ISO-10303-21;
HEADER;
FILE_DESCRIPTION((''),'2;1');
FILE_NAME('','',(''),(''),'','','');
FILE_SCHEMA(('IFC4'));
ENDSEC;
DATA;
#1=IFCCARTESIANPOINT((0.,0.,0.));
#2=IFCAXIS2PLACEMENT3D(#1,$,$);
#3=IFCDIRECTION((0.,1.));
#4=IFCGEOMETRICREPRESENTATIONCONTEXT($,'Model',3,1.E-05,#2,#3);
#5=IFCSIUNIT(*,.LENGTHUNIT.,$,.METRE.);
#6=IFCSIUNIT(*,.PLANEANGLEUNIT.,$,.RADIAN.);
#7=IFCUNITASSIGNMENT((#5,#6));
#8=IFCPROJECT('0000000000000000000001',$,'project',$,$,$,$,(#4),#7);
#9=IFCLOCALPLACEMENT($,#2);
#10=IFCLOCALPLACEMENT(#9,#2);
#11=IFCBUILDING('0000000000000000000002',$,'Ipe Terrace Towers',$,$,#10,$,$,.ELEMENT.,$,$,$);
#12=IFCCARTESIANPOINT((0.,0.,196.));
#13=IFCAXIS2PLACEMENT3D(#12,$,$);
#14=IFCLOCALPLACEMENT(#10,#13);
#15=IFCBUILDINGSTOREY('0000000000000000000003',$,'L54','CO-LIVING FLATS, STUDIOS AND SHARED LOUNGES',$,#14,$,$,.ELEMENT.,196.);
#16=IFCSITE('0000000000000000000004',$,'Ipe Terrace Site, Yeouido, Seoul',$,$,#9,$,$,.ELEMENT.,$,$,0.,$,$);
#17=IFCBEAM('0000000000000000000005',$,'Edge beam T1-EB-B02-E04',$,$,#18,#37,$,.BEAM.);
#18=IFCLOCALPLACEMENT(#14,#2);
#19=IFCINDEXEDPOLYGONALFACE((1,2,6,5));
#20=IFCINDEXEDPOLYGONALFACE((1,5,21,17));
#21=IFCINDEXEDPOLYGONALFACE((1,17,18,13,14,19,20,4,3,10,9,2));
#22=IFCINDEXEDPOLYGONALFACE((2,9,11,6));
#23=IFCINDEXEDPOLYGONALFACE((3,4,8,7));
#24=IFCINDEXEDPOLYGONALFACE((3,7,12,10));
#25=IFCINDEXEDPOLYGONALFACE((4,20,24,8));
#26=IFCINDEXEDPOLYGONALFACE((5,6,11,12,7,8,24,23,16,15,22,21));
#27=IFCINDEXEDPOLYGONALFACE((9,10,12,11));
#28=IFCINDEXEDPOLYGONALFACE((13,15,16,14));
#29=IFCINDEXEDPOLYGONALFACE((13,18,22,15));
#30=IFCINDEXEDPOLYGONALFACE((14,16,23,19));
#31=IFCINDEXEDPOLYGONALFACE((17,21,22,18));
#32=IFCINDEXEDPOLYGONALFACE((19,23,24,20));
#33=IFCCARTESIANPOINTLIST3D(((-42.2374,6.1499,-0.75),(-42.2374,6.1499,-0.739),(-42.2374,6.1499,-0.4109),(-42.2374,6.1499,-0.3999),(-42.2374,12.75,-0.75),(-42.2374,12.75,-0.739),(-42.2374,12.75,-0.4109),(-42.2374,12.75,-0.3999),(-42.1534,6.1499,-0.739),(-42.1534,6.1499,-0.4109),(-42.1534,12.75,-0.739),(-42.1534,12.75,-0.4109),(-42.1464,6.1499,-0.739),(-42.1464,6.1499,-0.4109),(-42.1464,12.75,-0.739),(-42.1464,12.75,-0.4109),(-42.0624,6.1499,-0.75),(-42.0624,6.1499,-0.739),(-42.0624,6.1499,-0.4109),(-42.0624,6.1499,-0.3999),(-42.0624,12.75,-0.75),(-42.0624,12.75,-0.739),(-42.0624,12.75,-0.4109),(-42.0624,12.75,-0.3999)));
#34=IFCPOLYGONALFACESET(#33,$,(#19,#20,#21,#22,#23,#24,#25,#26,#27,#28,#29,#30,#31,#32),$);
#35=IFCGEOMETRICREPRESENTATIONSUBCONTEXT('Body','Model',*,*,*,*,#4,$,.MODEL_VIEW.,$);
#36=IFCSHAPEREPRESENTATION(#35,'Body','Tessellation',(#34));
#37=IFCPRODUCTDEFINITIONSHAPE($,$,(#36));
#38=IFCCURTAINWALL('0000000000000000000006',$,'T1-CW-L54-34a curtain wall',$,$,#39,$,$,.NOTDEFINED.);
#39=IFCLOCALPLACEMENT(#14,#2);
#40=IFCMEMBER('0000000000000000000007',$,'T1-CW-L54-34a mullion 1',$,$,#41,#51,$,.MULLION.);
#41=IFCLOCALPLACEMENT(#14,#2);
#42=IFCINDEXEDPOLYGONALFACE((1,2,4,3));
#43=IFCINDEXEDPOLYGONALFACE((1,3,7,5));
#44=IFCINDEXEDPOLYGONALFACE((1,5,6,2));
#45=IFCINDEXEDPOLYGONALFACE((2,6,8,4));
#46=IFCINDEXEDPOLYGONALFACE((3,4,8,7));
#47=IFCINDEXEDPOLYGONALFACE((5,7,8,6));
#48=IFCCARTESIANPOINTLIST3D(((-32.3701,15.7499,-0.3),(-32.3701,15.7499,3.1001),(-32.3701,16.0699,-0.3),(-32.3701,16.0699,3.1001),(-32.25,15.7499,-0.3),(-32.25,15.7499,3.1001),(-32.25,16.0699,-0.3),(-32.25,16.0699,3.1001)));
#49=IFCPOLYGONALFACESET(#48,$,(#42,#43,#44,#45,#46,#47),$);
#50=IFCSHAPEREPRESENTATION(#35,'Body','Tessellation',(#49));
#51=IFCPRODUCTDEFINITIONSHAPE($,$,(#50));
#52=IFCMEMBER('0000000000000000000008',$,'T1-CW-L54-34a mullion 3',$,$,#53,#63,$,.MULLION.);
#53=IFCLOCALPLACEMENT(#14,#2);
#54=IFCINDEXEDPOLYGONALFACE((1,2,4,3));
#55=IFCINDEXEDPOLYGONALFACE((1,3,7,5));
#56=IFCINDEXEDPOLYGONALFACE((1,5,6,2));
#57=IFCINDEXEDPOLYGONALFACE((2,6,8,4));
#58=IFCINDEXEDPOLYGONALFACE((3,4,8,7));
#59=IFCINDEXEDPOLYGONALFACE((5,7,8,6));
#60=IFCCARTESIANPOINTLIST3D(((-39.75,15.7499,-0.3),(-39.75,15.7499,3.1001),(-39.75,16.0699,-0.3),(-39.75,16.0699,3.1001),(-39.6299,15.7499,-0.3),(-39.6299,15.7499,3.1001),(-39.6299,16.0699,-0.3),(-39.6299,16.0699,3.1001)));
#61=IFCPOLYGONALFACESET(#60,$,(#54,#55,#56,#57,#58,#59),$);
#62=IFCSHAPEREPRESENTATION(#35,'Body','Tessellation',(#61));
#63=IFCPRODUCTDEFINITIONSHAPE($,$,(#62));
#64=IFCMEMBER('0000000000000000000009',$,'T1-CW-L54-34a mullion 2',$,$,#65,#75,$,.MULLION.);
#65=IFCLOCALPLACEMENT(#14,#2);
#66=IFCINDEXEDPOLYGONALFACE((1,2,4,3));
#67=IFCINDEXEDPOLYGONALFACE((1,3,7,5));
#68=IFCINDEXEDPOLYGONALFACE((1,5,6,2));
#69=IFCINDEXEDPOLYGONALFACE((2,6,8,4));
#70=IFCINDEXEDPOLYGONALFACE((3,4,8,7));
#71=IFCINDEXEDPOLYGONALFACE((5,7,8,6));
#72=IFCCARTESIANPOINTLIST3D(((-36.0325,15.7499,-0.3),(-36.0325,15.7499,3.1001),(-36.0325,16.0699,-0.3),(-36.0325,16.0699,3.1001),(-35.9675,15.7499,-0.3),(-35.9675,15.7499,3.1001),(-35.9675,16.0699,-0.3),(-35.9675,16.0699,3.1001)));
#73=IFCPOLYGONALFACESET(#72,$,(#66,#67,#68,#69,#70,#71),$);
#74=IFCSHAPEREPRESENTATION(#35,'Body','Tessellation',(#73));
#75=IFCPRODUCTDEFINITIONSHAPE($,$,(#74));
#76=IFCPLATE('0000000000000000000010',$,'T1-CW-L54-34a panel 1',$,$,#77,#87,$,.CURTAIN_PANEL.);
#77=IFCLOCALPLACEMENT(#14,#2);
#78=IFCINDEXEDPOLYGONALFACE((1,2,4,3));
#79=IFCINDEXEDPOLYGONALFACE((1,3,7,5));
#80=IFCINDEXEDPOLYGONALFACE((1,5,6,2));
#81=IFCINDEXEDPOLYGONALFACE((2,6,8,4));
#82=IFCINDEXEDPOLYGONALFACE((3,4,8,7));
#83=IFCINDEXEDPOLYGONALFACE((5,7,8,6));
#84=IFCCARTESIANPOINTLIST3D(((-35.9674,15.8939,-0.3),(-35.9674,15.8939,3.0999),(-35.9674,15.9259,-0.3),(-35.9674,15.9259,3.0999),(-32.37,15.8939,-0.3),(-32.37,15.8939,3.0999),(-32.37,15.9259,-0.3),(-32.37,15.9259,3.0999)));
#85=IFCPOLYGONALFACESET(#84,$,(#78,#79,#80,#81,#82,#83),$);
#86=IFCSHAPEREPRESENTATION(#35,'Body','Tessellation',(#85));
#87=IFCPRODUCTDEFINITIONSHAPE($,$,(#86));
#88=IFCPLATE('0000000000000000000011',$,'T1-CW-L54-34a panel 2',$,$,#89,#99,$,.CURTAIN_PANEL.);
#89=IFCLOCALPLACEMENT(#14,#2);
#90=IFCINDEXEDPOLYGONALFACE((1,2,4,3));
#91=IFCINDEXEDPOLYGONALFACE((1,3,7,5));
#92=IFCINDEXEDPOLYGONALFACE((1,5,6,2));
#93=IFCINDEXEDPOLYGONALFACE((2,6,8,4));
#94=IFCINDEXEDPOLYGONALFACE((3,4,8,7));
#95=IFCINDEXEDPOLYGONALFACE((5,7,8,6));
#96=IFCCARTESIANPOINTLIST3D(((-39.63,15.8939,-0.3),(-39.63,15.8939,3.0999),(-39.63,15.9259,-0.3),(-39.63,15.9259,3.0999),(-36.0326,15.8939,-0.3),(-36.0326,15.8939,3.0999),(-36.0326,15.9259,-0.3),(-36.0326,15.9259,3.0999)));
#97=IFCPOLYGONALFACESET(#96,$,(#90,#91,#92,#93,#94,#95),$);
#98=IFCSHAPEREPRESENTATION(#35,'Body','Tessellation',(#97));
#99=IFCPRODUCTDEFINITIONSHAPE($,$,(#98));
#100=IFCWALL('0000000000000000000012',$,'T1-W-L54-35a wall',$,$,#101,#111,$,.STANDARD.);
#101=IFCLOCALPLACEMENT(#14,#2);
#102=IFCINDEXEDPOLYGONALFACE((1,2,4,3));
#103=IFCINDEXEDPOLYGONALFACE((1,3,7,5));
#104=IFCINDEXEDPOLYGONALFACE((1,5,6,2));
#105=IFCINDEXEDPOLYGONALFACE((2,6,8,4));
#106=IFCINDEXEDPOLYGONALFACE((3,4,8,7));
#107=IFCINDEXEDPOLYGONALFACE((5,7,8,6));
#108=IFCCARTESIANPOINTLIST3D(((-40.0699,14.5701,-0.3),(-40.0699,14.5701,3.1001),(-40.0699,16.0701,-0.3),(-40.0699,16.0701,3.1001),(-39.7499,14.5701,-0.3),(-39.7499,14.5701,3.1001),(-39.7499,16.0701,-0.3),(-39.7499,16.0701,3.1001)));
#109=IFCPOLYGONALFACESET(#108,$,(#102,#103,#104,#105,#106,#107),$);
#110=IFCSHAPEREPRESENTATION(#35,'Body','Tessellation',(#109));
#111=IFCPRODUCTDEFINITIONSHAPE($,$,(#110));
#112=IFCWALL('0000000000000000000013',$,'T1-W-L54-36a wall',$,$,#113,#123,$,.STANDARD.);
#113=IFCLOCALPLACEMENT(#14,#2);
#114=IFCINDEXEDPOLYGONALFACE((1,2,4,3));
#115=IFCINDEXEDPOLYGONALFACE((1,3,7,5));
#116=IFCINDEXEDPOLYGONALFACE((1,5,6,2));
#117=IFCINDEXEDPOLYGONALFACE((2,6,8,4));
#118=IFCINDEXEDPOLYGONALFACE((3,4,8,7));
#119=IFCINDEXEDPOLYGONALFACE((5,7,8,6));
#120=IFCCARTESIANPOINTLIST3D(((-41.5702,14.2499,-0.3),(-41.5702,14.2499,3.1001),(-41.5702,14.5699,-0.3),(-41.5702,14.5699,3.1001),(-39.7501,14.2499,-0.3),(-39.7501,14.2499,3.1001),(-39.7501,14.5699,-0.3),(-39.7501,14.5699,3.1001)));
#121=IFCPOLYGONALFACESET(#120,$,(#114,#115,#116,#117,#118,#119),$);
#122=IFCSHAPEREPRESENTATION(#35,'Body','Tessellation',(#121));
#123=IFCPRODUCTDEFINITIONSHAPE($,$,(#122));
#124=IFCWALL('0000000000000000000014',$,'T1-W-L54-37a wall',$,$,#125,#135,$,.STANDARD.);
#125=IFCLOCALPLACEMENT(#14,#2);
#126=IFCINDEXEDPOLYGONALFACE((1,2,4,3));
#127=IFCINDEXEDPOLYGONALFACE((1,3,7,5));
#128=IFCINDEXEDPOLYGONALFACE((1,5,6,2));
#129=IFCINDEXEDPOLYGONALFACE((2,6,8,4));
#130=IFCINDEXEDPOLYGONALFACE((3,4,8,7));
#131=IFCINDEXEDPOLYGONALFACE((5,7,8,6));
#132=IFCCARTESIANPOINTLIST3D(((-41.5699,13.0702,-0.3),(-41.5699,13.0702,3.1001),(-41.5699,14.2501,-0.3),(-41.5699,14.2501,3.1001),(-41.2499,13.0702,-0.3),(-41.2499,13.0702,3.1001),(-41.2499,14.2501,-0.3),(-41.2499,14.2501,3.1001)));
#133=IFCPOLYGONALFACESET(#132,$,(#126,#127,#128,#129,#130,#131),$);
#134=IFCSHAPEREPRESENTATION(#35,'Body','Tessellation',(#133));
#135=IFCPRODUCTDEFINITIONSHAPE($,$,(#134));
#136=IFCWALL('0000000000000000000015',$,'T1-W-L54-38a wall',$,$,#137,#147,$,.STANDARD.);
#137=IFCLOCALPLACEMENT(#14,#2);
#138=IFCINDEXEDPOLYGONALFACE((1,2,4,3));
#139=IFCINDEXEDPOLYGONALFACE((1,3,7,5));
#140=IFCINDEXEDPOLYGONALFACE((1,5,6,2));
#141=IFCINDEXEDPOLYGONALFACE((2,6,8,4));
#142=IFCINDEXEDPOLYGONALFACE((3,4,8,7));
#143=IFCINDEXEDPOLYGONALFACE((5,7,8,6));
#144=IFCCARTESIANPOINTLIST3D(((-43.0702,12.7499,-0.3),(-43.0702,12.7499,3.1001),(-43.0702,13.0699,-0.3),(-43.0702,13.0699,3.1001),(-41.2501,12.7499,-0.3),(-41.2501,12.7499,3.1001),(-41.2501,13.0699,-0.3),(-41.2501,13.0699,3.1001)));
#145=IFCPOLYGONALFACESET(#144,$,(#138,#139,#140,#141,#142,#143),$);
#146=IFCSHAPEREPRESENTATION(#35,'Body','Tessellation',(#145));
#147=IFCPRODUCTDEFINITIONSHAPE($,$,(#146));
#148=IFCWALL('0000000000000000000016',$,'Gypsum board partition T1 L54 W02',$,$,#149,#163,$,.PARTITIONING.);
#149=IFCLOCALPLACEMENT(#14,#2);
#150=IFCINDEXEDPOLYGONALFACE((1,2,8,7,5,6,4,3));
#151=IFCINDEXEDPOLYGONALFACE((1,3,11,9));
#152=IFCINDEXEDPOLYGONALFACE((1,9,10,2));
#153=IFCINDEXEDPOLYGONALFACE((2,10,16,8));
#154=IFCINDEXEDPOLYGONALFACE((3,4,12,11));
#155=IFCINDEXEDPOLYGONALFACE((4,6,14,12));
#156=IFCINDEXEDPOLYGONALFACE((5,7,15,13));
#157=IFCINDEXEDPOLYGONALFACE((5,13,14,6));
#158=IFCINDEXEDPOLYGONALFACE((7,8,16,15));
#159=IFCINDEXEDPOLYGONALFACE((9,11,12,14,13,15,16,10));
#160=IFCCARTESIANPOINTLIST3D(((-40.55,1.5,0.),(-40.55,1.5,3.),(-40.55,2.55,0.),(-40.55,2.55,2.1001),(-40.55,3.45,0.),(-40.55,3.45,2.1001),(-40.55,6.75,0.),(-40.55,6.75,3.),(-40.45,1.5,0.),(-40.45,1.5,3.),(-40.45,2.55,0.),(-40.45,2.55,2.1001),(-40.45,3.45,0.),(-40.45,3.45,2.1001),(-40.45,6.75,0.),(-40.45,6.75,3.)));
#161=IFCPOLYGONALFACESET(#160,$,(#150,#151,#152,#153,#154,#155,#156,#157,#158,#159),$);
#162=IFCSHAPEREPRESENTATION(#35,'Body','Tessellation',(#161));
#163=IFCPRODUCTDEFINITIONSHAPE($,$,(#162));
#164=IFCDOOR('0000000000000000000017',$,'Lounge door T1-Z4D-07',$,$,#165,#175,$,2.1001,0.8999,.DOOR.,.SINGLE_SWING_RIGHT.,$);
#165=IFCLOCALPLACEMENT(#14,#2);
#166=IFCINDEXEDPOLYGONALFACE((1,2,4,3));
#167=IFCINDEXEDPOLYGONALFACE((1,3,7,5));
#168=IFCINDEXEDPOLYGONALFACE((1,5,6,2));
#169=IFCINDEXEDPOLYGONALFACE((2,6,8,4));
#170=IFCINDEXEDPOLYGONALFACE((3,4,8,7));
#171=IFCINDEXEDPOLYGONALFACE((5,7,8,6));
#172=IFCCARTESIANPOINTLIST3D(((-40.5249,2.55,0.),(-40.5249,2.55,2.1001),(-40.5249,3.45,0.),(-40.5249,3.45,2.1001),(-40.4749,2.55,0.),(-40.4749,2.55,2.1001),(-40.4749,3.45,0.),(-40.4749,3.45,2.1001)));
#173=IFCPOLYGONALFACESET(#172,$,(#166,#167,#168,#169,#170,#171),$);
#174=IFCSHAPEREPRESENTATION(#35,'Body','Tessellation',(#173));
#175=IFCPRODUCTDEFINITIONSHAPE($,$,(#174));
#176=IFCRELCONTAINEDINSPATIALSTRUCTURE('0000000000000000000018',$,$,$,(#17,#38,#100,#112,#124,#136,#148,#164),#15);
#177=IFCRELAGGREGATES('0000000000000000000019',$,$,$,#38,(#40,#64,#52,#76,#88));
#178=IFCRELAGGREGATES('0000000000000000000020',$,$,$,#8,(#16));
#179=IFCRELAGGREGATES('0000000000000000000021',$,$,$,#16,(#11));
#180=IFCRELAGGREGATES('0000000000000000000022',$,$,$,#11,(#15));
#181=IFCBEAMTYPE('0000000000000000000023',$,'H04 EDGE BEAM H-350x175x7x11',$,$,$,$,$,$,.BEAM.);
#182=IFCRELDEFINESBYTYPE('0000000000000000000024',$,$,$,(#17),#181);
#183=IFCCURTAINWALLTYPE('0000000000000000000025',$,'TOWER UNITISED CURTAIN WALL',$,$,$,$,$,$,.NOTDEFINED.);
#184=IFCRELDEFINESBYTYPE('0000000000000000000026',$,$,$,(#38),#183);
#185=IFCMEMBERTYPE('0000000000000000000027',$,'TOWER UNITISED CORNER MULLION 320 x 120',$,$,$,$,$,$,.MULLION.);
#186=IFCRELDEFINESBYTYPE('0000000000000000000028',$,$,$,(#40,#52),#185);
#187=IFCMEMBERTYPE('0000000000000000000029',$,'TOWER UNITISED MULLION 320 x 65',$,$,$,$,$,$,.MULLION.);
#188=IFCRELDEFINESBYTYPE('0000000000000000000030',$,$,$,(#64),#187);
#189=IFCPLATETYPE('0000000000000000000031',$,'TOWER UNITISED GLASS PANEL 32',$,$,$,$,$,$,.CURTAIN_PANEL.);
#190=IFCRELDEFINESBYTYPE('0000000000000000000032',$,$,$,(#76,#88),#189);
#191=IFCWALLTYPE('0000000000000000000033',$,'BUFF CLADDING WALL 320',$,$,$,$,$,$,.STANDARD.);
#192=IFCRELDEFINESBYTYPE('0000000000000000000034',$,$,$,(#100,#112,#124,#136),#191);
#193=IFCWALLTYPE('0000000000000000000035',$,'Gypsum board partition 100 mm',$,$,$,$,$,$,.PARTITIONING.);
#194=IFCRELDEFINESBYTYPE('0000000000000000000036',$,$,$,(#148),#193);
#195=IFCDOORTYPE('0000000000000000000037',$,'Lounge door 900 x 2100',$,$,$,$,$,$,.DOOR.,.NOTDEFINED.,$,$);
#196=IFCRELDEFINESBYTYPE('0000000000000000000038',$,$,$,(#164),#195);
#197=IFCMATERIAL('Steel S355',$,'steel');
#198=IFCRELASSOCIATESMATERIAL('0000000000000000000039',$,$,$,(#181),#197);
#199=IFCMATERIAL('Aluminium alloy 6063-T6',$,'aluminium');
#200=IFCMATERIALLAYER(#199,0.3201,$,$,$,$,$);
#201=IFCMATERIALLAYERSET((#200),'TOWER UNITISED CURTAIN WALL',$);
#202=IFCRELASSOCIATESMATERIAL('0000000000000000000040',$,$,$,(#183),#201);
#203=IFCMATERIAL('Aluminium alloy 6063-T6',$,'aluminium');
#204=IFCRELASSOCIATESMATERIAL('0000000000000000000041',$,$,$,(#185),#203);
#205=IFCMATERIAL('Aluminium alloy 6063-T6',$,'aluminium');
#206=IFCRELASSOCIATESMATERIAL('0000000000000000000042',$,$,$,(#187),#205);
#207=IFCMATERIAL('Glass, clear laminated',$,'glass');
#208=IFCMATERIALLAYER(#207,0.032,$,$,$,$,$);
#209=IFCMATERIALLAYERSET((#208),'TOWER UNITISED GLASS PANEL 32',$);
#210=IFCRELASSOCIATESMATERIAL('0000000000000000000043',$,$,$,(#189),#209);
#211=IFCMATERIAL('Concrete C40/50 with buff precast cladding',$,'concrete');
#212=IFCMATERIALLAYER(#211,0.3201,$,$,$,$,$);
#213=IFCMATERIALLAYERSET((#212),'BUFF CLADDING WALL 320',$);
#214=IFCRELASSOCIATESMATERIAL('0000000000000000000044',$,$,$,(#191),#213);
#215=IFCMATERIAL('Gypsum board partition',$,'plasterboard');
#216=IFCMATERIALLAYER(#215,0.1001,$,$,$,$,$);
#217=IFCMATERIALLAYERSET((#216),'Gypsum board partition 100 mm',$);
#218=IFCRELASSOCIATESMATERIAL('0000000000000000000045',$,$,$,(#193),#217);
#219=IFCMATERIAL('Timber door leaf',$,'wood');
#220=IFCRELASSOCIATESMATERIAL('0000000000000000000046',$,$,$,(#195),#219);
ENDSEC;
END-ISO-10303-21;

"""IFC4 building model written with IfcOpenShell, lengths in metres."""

from ifc_helpers import new_model, si_unit, direction, frame, frame_2d, origin, origin_2d, place, context, subcontext, project, spatial, rectangle, i_section, extrude, material, layer, layer_set, material_profile, profile_set, type_object, element, fill, aggregate, save


model = new_model("IFC4")

# Units and contexts
model_context = context("Model", 3, precision=1e-05, world=origin(), true_north=direction((0.0, 1.0)))
body_context = subcontext(model_context, "Body", "Model", "MODEL_VIEW")
ifc_project = project(units=[si_unit("LENGTHUNIT", "METRE"), si_unit("PLANEANGLEUNIT", "RADIAN")], contexts=[model_context])

# Site, building, storey
site_placement = place(None, origin())
site = spatial("IfcSite", under=ifc_project, at=site_placement, Name="Ipe Terrace Site, Yeouido, Seoul", CompositionType="ELEMENT", RefElevation=0.0)
building_placement = place(site_placement, origin())
building = spatial("IfcBuilding", under=site, at=building_placement, Name="Ipe Terrace Towers", CompositionType="ELEMENT")
storey_placement = place(building_placement, frame((0.0, 0.0, 196.0)))
storey = spatial("IfcBuildingStorey", under=building, at=storey_placement, Name="L54", Description="CO-LIVING FLATS, STUDIOS AND SHARED LOUNGES", CompositionType="ELEMENT", Elevation=196.0)

# Beam
ifc_material_1 = material(Name="Steel S355", Category="steel")
ifc_material_profile_1 = material_profile(ifc_material_1, i_section(OverallWidth=0.175, OverallDepth=0.3501, WebThickness=0.0071, FlangeThickness=0.011, at=origin_2d()), Name="H-350x175x7x11")
ifc_profile_set_1 = profile_set([ifc_material_profile_1], Name="Steel S355")
beam_type = type_object("IfcBeamType", Name="H04 EDGE BEAM H-350x175x7x11", PredefinedType="BEAM", material=ifc_profile_set_1)
beam_placement = place(storey_placement, frame((-42.1499, 12.75, -0.575), z_axis=(0.0, -1.0, 0.0), x_axis=(1.0, 0.0, 0.0)))
element("IfcBeam", 1, at=beam_placement, inside=storey, type_object=beam_type, Name="Edge beam T1-EB-B02-E04", PredefinedType="BEAM", context=body_context, shape_type="SweptSolid", body=[
    extrude(i_section(OverallWidth=0.175, OverallDepth=0.3501, WebThickness=0.0071, FlangeThickness=0.011, at=origin_2d()), origin(), (0.0, 0.0, 1.0), 6.6001),
])

# Curtain wall, members, plates
ifc_material_2 = material(Name="Aluminium alloy 6063-T6", Category="aluminium")
ifc_layer_1 = layer(ifc_material_2, 0.3201)
ifc_layer_set_1 = layer_set([ifc_layer_1], Name="TOWER UNITISED CURTAIN WALL")
curtain_wall_type = type_object("IfcCurtainWallType", Name="TOWER UNITISED CURTAIN WALL", PredefinedType="NOTDEFINED", material=ifc_layer_set_1)
curtain_wall_placement = place(storey_placement, origin())
curtain_wall = element("IfcCurtainWall", 2, at=curtain_wall_placement, inside=storey, type_object=curtain_wall_type, Name="T1-CW-L54-34a curtain wall", PredefinedType="NOTDEFINED")
ifc_material_3 = material(Name="Aluminium alloy 6063-T6", Category="aluminium")
ifc_material_profile_2 = material_profile(ifc_material_3, rectangle(XDim=0.3201, YDim=0.1201, at=origin_2d()), Name="TOWER UNITISED CORNER MULLION 320 x 120")
ifc_profile_set_2 = profile_set([ifc_material_profile_2], Name="Aluminium alloy 6063-T6")
member_type_1 = type_object("IfcMemberType", Name="TOWER UNITISED CORNER MULLION 320 x 120", PredefinedType="MULLION", material=ifc_profile_set_2)
member_1_placement = place(storey_placement, frame((-32.3101, 15.9099, -0.3), z_axis=(0.0, 0.0, 1.0), x_axis=(0.0, 1.0, 0.0)))
member_1 = element("IfcMember", 3, at=member_1_placement, type_object=member_type_1, Name="T1-CW-L54-34a mullion 1", PredefinedType="MULLION", context=body_context, shape_type="SweptSolid", body=[
    extrude(rectangle(XDim=0.3201, YDim=0.1201, at=origin_2d()), origin(), (0.0, 0.0, 1.0), 3.4001),
])
member_2_placement = place(storey_placement, frame((-39.6899, 15.9099, -0.3), z_axis=(0.0, 0.0, 1.0), x_axis=(0.0, 1.0, 0.0)))
member_2 = element("IfcMember", 4, at=member_2_placement, type_object=member_type_1, Name="T1-CW-L54-34a mullion 3", PredefinedType="MULLION", context=body_context, shape_type="SweptSolid", body=[
    extrude(rectangle(XDim=0.3201, YDim=0.1201, at=origin_2d()), origin(), (0.0, 0.0, 1.0), 3.4001),
])
ifc_material_4 = material(Name="Aluminium alloy 6063-T6", Category="aluminium")
ifc_material_profile_3 = material_profile(ifc_material_4, rectangle(XDim=0.3201, YDim=0.0649, at=origin_2d()), Name="TOWER UNITISED MULLION 320 x 65")
ifc_profile_set_3 = profile_set([ifc_material_profile_3], Name="Aluminium alloy 6063-T6")
member_type_2 = type_object("IfcMemberType", Name="TOWER UNITISED MULLION 320 x 65", PredefinedType="MULLION", material=ifc_profile_set_3)
member_3_placement = place(storey_placement, frame((-36.0, 15.9099, -0.3), z_axis=(0.0, 0.0, 1.0), x_axis=(0.0, 1.0, 0.0)))
member_3 = element("IfcMember", 5, at=member_3_placement, type_object=member_type_2, Name="T1-CW-L54-34a mullion 2", PredefinedType="MULLION", context=body_context, shape_type="SweptSolid", body=[
    extrude(rectangle(XDim=0.3201, YDim=0.0649, at=origin_2d()), origin(), (0.0, 0.0, 1.0), 3.4001),
])
ifc_material_5 = material(Name="Glass, clear laminated", Category="glass")
ifc_layer_2 = layer(ifc_material_5, 0.032)
ifc_layer_set_2 = layer_set([ifc_layer_2], Name="TOWER UNITISED GLASS PANEL 32")
plate_type = type_object("IfcPlateType", Name="TOWER UNITISED GLASS PANEL 32", PredefinedType="CURTAIN_PANEL", material=ifc_layer_set_2)
plate_1_placement = place(storey_placement, frame((-34.1687, 15.9099, -0.3), z_axis=(0.0, 0.0, 1.0), x_axis=(-1.0, 0.0, 0.0)))
plate_1 = element("IfcPlate", 6, at=plate_1_placement, type_object=plate_type, Name="T1-CW-L54-34a panel 1", PredefinedType="CURTAIN_PANEL", context=body_context, shape_type="SweptSolid", body=[
    extrude(rectangle(XDim=3.5974, YDim=0.032, at=origin_2d()), origin(), (0.0, 0.0, 1.0), 3.3999),
])
plate_2_placement = place(storey_placement, frame((-37.8313, 15.9099, -0.3), z_axis=(0.0, 0.0, 1.0), x_axis=(-1.0, 0.0, 0.0)))
plate_2 = element("IfcPlate", 7, at=plate_2_placement, type_object=plate_type, Name="T1-CW-L54-34a panel 2", PredefinedType="CURTAIN_PANEL", context=body_context, shape_type="SweptSolid", body=[
    extrude(rectangle(XDim=3.5974, YDim=0.032, at=origin_2d()), origin(), (0.0, 0.0, 1.0), 3.3999),
])
aggregate(curtain_wall, [member_1, member_3, member_2, plate_1, plate_2])

# Walls
ifc_material_6 = material(Name="Concrete C40/50 with buff precast cladding", Category="concrete")
ifc_layer_3 = layer(ifc_material_6, 0.3201)
ifc_layer_set_3 = layer_set([ifc_layer_3], Name="BUFF CLADDING WALL 320")
wall_type_1 = type_object("IfcWallType", Name="BUFF CLADDING WALL 320", PredefinedType="STANDARD", material=ifc_layer_set_3)
wall_1_placement = place(storey_placement, frame((-39.9099, 16.0701, -0.3), z_axis=(0.0, 0.0, 1.0), x_axis=(0.0, -1.0, 0.0)))
element("IfcWall", 8, at=wall_1_placement, inside=storey, type_object=wall_type_1, Name="T1-W-L54-35a wall", PredefinedType="STANDARD", context=body_context, shape_type="SweptSolid", body=[
    extrude(rectangle(XDim=1.5, YDim=0.3201, at=frame_2d((0.75, 0.0))), origin(), (0.0, 0.0, 1.0), 3.4001),
])
wall_2_placement = place(storey_placement, frame((-39.75, 14.4099, -0.3), z_axis=(0.0, 0.0, 1.0), x_axis=(-1.0, 0.0, 0.0)))
element("IfcWall", 9, at=wall_2_placement, inside=storey, type_object=wall_type_1, Name="T1-W-L54-36a wall", PredefinedType="STANDARD", context=body_context, shape_type="SweptSolid", body=[
    extrude(rectangle(XDim=1.8201, YDim=0.3201, at=frame_2d((0.9102, 0.0))), origin(), (0.0, 0.0, 1.0), 3.4001),
])
wall_3_placement = place(storey_placement, frame((-41.4099, 14.25, -0.3), z_axis=(0.0, 0.0, 1.0), x_axis=(0.0, -1.0, 0.0)))
element("IfcWall", 10, at=wall_3_placement, inside=storey, type_object=wall_type_1, Name="T1-W-L54-37a wall", PredefinedType="STANDARD", context=body_context, shape_type="SweptSolid", body=[
    extrude(rectangle(XDim=1.1799, YDim=0.3201, at=frame_2d((0.5898, 0.0))), origin(), (0.0, 0.0, 1.0), 3.4001),
])
wall_4_placement = place(storey_placement, frame((-41.25, 12.9099, -0.3), z_axis=(0.0, 0.0, 1.0), x_axis=(-1.0, 0.0, 0.0)))
element("IfcWall", 11, at=wall_4_placement, inside=storey, type_object=wall_type_1, Name="T1-W-L54-38a wall", PredefinedType="STANDARD", context=body_context, shape_type="SweptSolid", body=[
    extrude(rectangle(XDim=1.8201, YDim=0.3201, at=frame_2d((0.9102, 0.0))), origin(), (0.0, 0.0, 1.0), 3.4001),
])

# Wall, opening, door
ifc_material_7 = material(Name="Gypsum board partition", Category="plasterboard")
ifc_layer_4 = layer(ifc_material_7, 0.1001)
ifc_layer_set_4 = layer_set([ifc_layer_4], Name="Gypsum board partition 100 mm")
wall_type_2 = type_object("IfcWallType", Name="Gypsum board partition 100 mm", PredefinedType="PARTITIONING", material=ifc_layer_set_4)
wall_5_placement = place(storey_placement, frame((-40.5, 1.5, 0.0), z_axis=(0.0, 0.0, 1.0), x_axis=(0.0, 1.0, 0.0)))
wall_5 = element("IfcWall", 12, at=wall_5_placement, inside=storey, type_object=wall_type_2, Name="Gypsum board partition T1 L54 W02", PredefinedType="PARTITIONING", context=body_context, shape_type="SweptSolid", body=[
    extrude(rectangle(XDim=5.25, YDim=0.1001, at=frame_2d((2.625, 0.0))), origin(), (0.0, 0.0, 1.0), 3.0),
])
opening_1_placement = place(wall_5_placement, frame((1.05, 0.0, 0.0)))
opening_1 = element("IfcOpeningElement", 13, at=opening_1_placement, cuts=wall_5, PredefinedType="OPENING", context=body_context, shape_type="SweptSolid", body=[
    extrude(rectangle(XDim=0.8999, YDim=2.1001, at=frame_2d((0.45, 1.05))), frame((0.0, 0.0601, 0.0), z_axis=(0.0, -1.0, 0.0), x_axis=(1.0, 0.0, 0.0)), (0.0, 0.0, 1.0), 0.1201),
])
ifc_material_8 = material(Name="Timber door leaf", Category="wood")
door_type = type_object("IfcDoorType", Name="Lounge door 900 x 2100", OperationType="NOTDEFINED", PredefinedType="DOOR", material=ifc_material_8)
door_1_placement = place(opening_1_placement, origin())
door_1 = element("IfcDoor", 14, at=door_1_placement, inside=storey, type_object=door_type, Name="Lounge door T1-Z4D-07", OperationType="SINGLE_SWING_RIGHT", OverallHeight=2.1001, OverallWidth=0.8999, PredefinedType="DOOR", context=body_context, shape_type="SweptSolid", body=[
    extrude(rectangle(XDim=0.8999, YDim=2.1001, at=frame_2d((0.45, 1.05))), frame((0.0, 0.0249, 0.0), z_axis=(0.0, -1.0, 0.0), x_axis=(1.0, 0.0, 0.0)), (0.0, 0.0, 1.0), 0.05),
])
fill(opening_1, door_1)

save(model, "model.ifc")
